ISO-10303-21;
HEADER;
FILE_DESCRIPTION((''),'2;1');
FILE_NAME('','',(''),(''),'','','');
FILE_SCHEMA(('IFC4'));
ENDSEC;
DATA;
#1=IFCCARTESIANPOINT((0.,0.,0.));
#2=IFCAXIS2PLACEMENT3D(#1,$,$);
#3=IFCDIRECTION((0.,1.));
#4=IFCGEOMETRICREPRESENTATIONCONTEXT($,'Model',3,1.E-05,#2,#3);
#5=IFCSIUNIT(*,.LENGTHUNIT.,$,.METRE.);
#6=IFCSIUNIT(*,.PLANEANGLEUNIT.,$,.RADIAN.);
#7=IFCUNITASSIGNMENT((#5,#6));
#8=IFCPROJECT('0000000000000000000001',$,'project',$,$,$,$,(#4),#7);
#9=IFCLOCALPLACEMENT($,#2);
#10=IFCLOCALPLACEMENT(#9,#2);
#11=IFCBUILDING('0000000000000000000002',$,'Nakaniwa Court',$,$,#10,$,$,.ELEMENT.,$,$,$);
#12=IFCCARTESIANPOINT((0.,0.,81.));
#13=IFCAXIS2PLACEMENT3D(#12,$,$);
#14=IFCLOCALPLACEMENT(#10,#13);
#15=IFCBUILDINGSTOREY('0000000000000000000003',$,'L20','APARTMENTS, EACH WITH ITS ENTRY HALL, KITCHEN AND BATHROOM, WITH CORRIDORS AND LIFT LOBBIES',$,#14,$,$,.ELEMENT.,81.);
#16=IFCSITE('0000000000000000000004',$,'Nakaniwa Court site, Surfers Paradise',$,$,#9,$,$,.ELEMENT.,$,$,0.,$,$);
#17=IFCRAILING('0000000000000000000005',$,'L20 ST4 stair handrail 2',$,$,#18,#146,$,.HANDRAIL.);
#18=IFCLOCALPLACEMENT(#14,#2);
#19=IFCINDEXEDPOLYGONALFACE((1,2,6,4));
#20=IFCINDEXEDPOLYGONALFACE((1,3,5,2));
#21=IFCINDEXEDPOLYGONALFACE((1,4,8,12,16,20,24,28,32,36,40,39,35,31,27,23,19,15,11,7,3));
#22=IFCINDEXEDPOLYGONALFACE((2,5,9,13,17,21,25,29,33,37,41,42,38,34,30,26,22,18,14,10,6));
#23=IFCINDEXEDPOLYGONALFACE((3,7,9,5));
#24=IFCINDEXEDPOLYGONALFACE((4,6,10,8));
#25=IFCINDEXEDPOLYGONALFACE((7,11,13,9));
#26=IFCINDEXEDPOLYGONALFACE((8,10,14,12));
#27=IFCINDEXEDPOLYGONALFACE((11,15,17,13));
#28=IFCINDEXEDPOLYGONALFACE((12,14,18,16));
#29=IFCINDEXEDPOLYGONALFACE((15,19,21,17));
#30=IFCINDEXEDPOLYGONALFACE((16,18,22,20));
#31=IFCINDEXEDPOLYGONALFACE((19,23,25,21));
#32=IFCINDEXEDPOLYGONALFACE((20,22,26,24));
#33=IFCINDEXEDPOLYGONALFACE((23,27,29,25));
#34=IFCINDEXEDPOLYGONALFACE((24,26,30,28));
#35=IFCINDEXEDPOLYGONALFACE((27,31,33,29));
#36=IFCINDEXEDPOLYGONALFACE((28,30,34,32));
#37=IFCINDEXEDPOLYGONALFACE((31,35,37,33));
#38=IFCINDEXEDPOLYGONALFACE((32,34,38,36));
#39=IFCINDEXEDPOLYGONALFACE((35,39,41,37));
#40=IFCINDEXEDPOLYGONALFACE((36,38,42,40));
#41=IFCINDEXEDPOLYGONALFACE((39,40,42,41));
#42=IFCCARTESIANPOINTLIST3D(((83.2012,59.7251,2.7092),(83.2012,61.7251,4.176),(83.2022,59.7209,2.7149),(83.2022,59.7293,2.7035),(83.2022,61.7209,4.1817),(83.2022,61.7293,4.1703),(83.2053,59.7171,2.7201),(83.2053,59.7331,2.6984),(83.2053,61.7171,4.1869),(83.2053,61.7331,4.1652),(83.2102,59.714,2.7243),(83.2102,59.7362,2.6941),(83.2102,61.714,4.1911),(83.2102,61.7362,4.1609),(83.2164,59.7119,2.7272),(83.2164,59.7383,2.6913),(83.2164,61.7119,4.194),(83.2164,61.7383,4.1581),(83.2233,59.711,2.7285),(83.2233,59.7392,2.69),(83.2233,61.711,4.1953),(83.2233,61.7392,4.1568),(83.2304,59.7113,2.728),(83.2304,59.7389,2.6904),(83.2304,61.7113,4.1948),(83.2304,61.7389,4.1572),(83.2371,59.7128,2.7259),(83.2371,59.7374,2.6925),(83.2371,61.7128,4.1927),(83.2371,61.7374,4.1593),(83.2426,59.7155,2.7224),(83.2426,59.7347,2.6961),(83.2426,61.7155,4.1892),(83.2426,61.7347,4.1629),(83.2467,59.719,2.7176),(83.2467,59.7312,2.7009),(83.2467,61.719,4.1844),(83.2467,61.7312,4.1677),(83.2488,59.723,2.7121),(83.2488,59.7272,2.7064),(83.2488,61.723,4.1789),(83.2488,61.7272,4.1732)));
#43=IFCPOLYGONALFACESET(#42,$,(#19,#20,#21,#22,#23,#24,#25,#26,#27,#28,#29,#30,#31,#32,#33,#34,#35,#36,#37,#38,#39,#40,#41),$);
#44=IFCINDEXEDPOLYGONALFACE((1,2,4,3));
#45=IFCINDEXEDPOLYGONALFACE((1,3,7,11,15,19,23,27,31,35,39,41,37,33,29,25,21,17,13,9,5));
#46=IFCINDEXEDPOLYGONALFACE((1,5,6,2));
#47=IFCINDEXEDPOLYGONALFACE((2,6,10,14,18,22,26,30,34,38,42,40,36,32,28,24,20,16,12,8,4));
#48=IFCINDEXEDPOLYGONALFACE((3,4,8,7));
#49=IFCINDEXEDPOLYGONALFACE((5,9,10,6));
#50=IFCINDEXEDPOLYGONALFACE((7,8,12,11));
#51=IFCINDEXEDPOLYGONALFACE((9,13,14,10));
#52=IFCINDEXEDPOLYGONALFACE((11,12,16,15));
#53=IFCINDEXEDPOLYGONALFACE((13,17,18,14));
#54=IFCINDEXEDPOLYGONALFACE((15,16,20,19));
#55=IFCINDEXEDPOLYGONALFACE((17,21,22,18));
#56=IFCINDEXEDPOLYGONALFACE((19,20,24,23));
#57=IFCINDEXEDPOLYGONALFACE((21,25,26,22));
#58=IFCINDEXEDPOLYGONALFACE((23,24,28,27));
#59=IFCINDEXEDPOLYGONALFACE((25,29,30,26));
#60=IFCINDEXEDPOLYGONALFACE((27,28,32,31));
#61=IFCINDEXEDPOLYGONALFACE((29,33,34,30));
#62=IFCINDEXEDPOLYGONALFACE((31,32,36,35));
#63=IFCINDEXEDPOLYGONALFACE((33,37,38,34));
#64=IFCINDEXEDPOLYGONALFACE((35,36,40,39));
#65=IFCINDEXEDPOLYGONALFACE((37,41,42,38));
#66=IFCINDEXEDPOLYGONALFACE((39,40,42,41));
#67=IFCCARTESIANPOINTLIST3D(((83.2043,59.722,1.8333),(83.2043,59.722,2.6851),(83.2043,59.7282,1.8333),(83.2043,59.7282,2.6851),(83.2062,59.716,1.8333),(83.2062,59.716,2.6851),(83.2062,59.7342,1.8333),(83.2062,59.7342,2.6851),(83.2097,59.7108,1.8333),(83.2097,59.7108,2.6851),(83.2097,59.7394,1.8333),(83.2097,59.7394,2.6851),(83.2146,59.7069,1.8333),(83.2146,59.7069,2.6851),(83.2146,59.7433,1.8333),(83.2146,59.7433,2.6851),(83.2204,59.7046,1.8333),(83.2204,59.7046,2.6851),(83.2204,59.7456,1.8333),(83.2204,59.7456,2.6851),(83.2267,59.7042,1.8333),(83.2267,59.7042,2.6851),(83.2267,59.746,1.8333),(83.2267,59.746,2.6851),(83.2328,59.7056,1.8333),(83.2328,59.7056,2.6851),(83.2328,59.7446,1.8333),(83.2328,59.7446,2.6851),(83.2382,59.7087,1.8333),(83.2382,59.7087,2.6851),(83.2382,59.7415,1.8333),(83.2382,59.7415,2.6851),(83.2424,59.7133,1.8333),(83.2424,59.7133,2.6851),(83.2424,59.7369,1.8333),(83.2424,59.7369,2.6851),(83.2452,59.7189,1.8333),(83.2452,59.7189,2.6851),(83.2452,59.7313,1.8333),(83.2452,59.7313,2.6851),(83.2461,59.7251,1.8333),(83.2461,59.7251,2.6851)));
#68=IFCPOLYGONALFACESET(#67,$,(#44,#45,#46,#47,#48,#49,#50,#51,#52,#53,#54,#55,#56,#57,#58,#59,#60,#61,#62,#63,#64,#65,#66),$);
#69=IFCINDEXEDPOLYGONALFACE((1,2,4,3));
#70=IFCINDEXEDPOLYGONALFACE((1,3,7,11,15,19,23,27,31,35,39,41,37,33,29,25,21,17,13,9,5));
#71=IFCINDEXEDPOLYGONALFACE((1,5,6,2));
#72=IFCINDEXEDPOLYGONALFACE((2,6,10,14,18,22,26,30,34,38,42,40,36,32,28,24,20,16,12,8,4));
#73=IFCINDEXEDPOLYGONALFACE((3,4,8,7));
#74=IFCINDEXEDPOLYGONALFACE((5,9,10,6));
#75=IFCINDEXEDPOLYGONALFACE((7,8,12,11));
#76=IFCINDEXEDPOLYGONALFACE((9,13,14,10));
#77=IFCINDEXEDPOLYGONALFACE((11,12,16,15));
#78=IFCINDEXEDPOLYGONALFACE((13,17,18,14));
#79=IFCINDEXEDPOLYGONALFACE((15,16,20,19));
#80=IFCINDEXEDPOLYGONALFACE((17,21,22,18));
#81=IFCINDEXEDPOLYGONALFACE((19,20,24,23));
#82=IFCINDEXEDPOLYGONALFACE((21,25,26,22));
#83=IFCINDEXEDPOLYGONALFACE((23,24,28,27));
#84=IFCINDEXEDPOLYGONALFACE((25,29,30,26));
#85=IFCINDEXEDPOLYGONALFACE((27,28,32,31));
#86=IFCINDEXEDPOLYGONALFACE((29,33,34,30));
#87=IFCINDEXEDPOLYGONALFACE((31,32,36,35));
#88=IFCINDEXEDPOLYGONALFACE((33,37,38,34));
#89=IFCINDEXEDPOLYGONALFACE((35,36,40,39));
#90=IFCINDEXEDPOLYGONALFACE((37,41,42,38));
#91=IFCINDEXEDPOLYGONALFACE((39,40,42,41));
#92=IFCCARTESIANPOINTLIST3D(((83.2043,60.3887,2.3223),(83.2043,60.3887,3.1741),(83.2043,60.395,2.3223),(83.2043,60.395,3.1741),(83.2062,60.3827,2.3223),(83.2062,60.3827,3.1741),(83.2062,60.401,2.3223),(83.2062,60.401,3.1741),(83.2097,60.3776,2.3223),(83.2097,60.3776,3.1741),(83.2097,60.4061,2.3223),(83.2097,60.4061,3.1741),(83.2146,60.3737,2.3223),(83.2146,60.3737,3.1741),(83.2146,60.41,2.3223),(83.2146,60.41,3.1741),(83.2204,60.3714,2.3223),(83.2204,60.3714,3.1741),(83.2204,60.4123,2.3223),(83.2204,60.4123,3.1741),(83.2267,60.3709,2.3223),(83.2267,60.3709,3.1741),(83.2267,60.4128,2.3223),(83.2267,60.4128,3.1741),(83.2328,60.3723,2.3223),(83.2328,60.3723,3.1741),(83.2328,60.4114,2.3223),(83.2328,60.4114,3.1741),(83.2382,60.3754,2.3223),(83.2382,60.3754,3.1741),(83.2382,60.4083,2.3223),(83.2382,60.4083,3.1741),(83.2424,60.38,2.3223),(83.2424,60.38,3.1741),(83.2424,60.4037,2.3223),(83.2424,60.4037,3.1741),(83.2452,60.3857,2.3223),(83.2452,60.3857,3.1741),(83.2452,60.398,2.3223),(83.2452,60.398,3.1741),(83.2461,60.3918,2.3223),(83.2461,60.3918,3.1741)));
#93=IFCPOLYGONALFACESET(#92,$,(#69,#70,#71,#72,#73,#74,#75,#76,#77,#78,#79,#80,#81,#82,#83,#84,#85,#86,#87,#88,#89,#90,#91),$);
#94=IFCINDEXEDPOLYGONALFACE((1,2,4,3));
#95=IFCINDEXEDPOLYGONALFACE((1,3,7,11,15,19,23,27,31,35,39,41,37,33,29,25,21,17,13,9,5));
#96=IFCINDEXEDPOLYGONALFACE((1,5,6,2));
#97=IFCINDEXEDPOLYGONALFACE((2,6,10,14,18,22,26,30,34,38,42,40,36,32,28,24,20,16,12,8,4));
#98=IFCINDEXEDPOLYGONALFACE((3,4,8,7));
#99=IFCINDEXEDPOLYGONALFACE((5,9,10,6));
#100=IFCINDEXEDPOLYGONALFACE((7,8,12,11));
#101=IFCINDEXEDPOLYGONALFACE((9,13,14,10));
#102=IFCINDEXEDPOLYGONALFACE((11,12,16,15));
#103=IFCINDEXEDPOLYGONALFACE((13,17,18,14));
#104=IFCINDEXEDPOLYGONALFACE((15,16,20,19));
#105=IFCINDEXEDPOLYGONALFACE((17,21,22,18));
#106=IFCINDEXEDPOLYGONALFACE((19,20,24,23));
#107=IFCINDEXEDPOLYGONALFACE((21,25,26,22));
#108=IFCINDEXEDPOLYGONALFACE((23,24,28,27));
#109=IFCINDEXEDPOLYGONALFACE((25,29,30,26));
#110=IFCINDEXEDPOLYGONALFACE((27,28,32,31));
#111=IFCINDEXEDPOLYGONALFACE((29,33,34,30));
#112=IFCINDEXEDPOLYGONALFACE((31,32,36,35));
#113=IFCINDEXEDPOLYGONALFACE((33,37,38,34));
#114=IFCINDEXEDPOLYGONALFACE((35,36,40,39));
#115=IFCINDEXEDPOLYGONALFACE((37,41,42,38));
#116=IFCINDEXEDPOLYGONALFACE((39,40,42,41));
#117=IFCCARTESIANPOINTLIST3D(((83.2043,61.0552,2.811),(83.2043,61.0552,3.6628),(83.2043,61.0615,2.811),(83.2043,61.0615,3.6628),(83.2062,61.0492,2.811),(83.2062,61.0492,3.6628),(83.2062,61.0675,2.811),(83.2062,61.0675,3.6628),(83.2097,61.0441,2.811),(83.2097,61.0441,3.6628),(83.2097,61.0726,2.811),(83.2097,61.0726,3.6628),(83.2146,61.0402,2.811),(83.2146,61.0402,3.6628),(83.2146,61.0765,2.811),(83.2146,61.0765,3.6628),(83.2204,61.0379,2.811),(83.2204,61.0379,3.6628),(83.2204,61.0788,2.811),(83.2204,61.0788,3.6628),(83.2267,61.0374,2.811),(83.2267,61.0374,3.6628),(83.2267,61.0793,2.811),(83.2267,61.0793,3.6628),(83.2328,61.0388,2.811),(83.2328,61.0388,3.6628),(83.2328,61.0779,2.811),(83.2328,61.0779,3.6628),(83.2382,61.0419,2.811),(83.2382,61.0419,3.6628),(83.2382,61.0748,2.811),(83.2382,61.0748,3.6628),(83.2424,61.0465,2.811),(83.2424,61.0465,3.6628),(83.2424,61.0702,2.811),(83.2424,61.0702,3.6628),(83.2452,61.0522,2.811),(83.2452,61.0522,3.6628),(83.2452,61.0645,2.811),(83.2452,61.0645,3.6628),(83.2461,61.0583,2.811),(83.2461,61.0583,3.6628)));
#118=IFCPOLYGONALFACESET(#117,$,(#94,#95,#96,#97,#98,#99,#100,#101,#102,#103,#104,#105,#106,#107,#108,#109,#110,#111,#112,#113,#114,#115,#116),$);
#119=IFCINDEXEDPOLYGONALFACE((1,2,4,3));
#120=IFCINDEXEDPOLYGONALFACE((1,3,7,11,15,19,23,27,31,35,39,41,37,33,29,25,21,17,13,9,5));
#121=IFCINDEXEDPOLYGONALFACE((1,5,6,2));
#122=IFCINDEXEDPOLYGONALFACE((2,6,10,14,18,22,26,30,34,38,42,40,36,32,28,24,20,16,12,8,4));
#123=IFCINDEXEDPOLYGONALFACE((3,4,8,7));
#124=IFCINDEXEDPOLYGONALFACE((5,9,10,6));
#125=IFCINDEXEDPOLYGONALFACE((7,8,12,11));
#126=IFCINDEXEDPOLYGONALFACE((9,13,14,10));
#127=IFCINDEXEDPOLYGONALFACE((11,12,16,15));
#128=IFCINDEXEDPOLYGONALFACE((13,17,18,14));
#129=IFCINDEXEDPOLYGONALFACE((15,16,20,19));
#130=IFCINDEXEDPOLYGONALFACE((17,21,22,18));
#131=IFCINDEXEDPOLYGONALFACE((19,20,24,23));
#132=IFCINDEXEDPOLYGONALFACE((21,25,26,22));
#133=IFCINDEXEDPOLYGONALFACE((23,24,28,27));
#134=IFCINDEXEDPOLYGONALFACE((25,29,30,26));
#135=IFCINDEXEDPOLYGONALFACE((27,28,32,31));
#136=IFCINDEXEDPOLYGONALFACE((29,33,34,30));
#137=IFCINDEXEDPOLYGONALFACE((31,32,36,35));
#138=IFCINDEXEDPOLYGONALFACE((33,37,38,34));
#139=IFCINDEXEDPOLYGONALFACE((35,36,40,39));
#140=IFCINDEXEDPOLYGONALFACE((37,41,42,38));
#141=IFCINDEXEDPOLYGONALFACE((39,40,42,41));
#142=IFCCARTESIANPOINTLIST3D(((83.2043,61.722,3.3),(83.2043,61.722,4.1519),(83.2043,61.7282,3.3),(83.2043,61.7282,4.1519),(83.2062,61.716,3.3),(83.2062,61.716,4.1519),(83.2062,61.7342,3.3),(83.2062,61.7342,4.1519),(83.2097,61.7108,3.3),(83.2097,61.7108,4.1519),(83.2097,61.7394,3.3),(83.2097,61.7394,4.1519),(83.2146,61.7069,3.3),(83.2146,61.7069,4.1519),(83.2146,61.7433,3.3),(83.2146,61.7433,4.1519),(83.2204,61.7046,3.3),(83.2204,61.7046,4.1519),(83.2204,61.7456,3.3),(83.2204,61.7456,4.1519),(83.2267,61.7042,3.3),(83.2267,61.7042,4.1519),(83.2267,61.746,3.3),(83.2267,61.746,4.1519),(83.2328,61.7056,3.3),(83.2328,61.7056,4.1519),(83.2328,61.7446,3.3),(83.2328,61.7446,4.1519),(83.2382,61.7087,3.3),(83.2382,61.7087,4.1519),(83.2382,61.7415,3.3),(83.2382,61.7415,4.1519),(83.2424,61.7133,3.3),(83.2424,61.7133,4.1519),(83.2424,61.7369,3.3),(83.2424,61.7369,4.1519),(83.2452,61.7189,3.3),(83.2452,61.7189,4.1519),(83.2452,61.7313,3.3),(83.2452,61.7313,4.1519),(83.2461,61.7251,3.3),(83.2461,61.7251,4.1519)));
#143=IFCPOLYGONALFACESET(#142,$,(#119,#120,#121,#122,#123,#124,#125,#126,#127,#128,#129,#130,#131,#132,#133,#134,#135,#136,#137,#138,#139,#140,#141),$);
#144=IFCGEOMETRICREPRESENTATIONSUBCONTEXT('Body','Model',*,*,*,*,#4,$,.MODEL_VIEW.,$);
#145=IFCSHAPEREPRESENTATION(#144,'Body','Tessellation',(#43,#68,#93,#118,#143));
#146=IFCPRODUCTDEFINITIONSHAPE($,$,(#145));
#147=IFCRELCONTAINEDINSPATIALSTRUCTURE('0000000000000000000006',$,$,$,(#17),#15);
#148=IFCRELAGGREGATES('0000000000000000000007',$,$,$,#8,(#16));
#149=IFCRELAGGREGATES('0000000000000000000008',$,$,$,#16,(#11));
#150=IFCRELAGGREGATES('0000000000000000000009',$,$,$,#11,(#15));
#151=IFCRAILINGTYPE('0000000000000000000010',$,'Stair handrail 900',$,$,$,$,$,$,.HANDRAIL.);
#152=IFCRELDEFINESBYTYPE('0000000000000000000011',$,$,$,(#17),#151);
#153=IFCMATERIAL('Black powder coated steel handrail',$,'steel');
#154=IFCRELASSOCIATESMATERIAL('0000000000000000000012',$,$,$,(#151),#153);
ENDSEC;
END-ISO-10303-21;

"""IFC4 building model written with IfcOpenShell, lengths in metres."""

from ifc_helpers import new_model, si_unit, direction, frame, origin, origin_2d, place, context, subcontext, project, spatial, circle, extrude, material, type_object, element, save


model = new_model("IFC4")

# Units and contexts
model_context = context("Model", 3, precision=1e-05, world=origin(), true_north=direction((0.0, 1.0)))
body_context = subcontext(model_context, "Body", "Model", "MODEL_VIEW")
ifc_project = project(units=[si_unit("LENGTHUNIT", "METRE"), si_unit("PLANEANGLEUNIT", "RADIAN")], contexts=[model_context])

# Site, building, storey
site_placement = place(None, origin())
site = spatial("IfcSite", under=ifc_project, at=site_placement, Name="Nakaniwa Court site, Surfers Paradise", CompositionType="ELEMENT", RefElevation=0.0)
building_placement = place(site_placement, origin())
building = spatial("IfcBuilding", under=site, at=building_placement, Name="Nakaniwa Court", CompositionType="ELEMENT")
storey_placement = place(building_placement, frame((0.0, 0.0, 81.0)))
storey = spatial("IfcBuildingStorey", under=building, at=storey_placement, Name="L20", Description="APARTMENTS, EACH WITH ITS ENTRY HALL, KITCHEN AND BATHROOM, WITH CORRIDORS AND LIFT LOBBIES", CompositionType="ELEMENT", Elevation=81.0)

# Railing
ifc_material_1 = material(Name="Black powder coated steel handrail", Category="steel")
railing_type_1 = type_object("IfcRailingType", Name="Stair handrail 900", PredefinedType="HANDRAIL", material=ifc_material_1)
railing_1_placement = place(storey_placement, frame((83.2251, 59.7251, 1.8333)))
element("IfcRailing", 1, at=railing_1_placement, inside=storey, type_object=railing_type_1, Name="L20 ST4 stair handrail 2", PredefinedType="HANDRAIL", context=body_context, shape_type="SweptSolid", body=[
    extrude(circle(Radius=0.0239, at=origin_2d()), frame((0.0, 0.0, 0.876), z_axis=(0.0, 0.80638, 0.591398), x_axis=(-1.0, 0.0, 0.0)), (0.0, 0.0, 1.0), 2.4802),
    extrude(circle(Radius=0.021, at=origin_2d()), origin(), (0.0, 0.0, 1.0), 0.8518),
    extrude(circle(Radius=0.021, at=origin_2d()), frame((0.0, 0.6667, 0.489)), (0.0, 0.0, 1.0), 0.8518),
    extrude(circle(Radius=0.021, at=origin_2d()), frame((0.0, 1.3333, 0.9778)), (0.0, 0.0, 1.0), 0.8518),
    extrude(circle(Radius=0.021, at=origin_2d()), frame((0.0, 2.0, 1.4668)), (0.0, 0.0, 1.0), 0.8518),
])

save(model, "model.ifc")
